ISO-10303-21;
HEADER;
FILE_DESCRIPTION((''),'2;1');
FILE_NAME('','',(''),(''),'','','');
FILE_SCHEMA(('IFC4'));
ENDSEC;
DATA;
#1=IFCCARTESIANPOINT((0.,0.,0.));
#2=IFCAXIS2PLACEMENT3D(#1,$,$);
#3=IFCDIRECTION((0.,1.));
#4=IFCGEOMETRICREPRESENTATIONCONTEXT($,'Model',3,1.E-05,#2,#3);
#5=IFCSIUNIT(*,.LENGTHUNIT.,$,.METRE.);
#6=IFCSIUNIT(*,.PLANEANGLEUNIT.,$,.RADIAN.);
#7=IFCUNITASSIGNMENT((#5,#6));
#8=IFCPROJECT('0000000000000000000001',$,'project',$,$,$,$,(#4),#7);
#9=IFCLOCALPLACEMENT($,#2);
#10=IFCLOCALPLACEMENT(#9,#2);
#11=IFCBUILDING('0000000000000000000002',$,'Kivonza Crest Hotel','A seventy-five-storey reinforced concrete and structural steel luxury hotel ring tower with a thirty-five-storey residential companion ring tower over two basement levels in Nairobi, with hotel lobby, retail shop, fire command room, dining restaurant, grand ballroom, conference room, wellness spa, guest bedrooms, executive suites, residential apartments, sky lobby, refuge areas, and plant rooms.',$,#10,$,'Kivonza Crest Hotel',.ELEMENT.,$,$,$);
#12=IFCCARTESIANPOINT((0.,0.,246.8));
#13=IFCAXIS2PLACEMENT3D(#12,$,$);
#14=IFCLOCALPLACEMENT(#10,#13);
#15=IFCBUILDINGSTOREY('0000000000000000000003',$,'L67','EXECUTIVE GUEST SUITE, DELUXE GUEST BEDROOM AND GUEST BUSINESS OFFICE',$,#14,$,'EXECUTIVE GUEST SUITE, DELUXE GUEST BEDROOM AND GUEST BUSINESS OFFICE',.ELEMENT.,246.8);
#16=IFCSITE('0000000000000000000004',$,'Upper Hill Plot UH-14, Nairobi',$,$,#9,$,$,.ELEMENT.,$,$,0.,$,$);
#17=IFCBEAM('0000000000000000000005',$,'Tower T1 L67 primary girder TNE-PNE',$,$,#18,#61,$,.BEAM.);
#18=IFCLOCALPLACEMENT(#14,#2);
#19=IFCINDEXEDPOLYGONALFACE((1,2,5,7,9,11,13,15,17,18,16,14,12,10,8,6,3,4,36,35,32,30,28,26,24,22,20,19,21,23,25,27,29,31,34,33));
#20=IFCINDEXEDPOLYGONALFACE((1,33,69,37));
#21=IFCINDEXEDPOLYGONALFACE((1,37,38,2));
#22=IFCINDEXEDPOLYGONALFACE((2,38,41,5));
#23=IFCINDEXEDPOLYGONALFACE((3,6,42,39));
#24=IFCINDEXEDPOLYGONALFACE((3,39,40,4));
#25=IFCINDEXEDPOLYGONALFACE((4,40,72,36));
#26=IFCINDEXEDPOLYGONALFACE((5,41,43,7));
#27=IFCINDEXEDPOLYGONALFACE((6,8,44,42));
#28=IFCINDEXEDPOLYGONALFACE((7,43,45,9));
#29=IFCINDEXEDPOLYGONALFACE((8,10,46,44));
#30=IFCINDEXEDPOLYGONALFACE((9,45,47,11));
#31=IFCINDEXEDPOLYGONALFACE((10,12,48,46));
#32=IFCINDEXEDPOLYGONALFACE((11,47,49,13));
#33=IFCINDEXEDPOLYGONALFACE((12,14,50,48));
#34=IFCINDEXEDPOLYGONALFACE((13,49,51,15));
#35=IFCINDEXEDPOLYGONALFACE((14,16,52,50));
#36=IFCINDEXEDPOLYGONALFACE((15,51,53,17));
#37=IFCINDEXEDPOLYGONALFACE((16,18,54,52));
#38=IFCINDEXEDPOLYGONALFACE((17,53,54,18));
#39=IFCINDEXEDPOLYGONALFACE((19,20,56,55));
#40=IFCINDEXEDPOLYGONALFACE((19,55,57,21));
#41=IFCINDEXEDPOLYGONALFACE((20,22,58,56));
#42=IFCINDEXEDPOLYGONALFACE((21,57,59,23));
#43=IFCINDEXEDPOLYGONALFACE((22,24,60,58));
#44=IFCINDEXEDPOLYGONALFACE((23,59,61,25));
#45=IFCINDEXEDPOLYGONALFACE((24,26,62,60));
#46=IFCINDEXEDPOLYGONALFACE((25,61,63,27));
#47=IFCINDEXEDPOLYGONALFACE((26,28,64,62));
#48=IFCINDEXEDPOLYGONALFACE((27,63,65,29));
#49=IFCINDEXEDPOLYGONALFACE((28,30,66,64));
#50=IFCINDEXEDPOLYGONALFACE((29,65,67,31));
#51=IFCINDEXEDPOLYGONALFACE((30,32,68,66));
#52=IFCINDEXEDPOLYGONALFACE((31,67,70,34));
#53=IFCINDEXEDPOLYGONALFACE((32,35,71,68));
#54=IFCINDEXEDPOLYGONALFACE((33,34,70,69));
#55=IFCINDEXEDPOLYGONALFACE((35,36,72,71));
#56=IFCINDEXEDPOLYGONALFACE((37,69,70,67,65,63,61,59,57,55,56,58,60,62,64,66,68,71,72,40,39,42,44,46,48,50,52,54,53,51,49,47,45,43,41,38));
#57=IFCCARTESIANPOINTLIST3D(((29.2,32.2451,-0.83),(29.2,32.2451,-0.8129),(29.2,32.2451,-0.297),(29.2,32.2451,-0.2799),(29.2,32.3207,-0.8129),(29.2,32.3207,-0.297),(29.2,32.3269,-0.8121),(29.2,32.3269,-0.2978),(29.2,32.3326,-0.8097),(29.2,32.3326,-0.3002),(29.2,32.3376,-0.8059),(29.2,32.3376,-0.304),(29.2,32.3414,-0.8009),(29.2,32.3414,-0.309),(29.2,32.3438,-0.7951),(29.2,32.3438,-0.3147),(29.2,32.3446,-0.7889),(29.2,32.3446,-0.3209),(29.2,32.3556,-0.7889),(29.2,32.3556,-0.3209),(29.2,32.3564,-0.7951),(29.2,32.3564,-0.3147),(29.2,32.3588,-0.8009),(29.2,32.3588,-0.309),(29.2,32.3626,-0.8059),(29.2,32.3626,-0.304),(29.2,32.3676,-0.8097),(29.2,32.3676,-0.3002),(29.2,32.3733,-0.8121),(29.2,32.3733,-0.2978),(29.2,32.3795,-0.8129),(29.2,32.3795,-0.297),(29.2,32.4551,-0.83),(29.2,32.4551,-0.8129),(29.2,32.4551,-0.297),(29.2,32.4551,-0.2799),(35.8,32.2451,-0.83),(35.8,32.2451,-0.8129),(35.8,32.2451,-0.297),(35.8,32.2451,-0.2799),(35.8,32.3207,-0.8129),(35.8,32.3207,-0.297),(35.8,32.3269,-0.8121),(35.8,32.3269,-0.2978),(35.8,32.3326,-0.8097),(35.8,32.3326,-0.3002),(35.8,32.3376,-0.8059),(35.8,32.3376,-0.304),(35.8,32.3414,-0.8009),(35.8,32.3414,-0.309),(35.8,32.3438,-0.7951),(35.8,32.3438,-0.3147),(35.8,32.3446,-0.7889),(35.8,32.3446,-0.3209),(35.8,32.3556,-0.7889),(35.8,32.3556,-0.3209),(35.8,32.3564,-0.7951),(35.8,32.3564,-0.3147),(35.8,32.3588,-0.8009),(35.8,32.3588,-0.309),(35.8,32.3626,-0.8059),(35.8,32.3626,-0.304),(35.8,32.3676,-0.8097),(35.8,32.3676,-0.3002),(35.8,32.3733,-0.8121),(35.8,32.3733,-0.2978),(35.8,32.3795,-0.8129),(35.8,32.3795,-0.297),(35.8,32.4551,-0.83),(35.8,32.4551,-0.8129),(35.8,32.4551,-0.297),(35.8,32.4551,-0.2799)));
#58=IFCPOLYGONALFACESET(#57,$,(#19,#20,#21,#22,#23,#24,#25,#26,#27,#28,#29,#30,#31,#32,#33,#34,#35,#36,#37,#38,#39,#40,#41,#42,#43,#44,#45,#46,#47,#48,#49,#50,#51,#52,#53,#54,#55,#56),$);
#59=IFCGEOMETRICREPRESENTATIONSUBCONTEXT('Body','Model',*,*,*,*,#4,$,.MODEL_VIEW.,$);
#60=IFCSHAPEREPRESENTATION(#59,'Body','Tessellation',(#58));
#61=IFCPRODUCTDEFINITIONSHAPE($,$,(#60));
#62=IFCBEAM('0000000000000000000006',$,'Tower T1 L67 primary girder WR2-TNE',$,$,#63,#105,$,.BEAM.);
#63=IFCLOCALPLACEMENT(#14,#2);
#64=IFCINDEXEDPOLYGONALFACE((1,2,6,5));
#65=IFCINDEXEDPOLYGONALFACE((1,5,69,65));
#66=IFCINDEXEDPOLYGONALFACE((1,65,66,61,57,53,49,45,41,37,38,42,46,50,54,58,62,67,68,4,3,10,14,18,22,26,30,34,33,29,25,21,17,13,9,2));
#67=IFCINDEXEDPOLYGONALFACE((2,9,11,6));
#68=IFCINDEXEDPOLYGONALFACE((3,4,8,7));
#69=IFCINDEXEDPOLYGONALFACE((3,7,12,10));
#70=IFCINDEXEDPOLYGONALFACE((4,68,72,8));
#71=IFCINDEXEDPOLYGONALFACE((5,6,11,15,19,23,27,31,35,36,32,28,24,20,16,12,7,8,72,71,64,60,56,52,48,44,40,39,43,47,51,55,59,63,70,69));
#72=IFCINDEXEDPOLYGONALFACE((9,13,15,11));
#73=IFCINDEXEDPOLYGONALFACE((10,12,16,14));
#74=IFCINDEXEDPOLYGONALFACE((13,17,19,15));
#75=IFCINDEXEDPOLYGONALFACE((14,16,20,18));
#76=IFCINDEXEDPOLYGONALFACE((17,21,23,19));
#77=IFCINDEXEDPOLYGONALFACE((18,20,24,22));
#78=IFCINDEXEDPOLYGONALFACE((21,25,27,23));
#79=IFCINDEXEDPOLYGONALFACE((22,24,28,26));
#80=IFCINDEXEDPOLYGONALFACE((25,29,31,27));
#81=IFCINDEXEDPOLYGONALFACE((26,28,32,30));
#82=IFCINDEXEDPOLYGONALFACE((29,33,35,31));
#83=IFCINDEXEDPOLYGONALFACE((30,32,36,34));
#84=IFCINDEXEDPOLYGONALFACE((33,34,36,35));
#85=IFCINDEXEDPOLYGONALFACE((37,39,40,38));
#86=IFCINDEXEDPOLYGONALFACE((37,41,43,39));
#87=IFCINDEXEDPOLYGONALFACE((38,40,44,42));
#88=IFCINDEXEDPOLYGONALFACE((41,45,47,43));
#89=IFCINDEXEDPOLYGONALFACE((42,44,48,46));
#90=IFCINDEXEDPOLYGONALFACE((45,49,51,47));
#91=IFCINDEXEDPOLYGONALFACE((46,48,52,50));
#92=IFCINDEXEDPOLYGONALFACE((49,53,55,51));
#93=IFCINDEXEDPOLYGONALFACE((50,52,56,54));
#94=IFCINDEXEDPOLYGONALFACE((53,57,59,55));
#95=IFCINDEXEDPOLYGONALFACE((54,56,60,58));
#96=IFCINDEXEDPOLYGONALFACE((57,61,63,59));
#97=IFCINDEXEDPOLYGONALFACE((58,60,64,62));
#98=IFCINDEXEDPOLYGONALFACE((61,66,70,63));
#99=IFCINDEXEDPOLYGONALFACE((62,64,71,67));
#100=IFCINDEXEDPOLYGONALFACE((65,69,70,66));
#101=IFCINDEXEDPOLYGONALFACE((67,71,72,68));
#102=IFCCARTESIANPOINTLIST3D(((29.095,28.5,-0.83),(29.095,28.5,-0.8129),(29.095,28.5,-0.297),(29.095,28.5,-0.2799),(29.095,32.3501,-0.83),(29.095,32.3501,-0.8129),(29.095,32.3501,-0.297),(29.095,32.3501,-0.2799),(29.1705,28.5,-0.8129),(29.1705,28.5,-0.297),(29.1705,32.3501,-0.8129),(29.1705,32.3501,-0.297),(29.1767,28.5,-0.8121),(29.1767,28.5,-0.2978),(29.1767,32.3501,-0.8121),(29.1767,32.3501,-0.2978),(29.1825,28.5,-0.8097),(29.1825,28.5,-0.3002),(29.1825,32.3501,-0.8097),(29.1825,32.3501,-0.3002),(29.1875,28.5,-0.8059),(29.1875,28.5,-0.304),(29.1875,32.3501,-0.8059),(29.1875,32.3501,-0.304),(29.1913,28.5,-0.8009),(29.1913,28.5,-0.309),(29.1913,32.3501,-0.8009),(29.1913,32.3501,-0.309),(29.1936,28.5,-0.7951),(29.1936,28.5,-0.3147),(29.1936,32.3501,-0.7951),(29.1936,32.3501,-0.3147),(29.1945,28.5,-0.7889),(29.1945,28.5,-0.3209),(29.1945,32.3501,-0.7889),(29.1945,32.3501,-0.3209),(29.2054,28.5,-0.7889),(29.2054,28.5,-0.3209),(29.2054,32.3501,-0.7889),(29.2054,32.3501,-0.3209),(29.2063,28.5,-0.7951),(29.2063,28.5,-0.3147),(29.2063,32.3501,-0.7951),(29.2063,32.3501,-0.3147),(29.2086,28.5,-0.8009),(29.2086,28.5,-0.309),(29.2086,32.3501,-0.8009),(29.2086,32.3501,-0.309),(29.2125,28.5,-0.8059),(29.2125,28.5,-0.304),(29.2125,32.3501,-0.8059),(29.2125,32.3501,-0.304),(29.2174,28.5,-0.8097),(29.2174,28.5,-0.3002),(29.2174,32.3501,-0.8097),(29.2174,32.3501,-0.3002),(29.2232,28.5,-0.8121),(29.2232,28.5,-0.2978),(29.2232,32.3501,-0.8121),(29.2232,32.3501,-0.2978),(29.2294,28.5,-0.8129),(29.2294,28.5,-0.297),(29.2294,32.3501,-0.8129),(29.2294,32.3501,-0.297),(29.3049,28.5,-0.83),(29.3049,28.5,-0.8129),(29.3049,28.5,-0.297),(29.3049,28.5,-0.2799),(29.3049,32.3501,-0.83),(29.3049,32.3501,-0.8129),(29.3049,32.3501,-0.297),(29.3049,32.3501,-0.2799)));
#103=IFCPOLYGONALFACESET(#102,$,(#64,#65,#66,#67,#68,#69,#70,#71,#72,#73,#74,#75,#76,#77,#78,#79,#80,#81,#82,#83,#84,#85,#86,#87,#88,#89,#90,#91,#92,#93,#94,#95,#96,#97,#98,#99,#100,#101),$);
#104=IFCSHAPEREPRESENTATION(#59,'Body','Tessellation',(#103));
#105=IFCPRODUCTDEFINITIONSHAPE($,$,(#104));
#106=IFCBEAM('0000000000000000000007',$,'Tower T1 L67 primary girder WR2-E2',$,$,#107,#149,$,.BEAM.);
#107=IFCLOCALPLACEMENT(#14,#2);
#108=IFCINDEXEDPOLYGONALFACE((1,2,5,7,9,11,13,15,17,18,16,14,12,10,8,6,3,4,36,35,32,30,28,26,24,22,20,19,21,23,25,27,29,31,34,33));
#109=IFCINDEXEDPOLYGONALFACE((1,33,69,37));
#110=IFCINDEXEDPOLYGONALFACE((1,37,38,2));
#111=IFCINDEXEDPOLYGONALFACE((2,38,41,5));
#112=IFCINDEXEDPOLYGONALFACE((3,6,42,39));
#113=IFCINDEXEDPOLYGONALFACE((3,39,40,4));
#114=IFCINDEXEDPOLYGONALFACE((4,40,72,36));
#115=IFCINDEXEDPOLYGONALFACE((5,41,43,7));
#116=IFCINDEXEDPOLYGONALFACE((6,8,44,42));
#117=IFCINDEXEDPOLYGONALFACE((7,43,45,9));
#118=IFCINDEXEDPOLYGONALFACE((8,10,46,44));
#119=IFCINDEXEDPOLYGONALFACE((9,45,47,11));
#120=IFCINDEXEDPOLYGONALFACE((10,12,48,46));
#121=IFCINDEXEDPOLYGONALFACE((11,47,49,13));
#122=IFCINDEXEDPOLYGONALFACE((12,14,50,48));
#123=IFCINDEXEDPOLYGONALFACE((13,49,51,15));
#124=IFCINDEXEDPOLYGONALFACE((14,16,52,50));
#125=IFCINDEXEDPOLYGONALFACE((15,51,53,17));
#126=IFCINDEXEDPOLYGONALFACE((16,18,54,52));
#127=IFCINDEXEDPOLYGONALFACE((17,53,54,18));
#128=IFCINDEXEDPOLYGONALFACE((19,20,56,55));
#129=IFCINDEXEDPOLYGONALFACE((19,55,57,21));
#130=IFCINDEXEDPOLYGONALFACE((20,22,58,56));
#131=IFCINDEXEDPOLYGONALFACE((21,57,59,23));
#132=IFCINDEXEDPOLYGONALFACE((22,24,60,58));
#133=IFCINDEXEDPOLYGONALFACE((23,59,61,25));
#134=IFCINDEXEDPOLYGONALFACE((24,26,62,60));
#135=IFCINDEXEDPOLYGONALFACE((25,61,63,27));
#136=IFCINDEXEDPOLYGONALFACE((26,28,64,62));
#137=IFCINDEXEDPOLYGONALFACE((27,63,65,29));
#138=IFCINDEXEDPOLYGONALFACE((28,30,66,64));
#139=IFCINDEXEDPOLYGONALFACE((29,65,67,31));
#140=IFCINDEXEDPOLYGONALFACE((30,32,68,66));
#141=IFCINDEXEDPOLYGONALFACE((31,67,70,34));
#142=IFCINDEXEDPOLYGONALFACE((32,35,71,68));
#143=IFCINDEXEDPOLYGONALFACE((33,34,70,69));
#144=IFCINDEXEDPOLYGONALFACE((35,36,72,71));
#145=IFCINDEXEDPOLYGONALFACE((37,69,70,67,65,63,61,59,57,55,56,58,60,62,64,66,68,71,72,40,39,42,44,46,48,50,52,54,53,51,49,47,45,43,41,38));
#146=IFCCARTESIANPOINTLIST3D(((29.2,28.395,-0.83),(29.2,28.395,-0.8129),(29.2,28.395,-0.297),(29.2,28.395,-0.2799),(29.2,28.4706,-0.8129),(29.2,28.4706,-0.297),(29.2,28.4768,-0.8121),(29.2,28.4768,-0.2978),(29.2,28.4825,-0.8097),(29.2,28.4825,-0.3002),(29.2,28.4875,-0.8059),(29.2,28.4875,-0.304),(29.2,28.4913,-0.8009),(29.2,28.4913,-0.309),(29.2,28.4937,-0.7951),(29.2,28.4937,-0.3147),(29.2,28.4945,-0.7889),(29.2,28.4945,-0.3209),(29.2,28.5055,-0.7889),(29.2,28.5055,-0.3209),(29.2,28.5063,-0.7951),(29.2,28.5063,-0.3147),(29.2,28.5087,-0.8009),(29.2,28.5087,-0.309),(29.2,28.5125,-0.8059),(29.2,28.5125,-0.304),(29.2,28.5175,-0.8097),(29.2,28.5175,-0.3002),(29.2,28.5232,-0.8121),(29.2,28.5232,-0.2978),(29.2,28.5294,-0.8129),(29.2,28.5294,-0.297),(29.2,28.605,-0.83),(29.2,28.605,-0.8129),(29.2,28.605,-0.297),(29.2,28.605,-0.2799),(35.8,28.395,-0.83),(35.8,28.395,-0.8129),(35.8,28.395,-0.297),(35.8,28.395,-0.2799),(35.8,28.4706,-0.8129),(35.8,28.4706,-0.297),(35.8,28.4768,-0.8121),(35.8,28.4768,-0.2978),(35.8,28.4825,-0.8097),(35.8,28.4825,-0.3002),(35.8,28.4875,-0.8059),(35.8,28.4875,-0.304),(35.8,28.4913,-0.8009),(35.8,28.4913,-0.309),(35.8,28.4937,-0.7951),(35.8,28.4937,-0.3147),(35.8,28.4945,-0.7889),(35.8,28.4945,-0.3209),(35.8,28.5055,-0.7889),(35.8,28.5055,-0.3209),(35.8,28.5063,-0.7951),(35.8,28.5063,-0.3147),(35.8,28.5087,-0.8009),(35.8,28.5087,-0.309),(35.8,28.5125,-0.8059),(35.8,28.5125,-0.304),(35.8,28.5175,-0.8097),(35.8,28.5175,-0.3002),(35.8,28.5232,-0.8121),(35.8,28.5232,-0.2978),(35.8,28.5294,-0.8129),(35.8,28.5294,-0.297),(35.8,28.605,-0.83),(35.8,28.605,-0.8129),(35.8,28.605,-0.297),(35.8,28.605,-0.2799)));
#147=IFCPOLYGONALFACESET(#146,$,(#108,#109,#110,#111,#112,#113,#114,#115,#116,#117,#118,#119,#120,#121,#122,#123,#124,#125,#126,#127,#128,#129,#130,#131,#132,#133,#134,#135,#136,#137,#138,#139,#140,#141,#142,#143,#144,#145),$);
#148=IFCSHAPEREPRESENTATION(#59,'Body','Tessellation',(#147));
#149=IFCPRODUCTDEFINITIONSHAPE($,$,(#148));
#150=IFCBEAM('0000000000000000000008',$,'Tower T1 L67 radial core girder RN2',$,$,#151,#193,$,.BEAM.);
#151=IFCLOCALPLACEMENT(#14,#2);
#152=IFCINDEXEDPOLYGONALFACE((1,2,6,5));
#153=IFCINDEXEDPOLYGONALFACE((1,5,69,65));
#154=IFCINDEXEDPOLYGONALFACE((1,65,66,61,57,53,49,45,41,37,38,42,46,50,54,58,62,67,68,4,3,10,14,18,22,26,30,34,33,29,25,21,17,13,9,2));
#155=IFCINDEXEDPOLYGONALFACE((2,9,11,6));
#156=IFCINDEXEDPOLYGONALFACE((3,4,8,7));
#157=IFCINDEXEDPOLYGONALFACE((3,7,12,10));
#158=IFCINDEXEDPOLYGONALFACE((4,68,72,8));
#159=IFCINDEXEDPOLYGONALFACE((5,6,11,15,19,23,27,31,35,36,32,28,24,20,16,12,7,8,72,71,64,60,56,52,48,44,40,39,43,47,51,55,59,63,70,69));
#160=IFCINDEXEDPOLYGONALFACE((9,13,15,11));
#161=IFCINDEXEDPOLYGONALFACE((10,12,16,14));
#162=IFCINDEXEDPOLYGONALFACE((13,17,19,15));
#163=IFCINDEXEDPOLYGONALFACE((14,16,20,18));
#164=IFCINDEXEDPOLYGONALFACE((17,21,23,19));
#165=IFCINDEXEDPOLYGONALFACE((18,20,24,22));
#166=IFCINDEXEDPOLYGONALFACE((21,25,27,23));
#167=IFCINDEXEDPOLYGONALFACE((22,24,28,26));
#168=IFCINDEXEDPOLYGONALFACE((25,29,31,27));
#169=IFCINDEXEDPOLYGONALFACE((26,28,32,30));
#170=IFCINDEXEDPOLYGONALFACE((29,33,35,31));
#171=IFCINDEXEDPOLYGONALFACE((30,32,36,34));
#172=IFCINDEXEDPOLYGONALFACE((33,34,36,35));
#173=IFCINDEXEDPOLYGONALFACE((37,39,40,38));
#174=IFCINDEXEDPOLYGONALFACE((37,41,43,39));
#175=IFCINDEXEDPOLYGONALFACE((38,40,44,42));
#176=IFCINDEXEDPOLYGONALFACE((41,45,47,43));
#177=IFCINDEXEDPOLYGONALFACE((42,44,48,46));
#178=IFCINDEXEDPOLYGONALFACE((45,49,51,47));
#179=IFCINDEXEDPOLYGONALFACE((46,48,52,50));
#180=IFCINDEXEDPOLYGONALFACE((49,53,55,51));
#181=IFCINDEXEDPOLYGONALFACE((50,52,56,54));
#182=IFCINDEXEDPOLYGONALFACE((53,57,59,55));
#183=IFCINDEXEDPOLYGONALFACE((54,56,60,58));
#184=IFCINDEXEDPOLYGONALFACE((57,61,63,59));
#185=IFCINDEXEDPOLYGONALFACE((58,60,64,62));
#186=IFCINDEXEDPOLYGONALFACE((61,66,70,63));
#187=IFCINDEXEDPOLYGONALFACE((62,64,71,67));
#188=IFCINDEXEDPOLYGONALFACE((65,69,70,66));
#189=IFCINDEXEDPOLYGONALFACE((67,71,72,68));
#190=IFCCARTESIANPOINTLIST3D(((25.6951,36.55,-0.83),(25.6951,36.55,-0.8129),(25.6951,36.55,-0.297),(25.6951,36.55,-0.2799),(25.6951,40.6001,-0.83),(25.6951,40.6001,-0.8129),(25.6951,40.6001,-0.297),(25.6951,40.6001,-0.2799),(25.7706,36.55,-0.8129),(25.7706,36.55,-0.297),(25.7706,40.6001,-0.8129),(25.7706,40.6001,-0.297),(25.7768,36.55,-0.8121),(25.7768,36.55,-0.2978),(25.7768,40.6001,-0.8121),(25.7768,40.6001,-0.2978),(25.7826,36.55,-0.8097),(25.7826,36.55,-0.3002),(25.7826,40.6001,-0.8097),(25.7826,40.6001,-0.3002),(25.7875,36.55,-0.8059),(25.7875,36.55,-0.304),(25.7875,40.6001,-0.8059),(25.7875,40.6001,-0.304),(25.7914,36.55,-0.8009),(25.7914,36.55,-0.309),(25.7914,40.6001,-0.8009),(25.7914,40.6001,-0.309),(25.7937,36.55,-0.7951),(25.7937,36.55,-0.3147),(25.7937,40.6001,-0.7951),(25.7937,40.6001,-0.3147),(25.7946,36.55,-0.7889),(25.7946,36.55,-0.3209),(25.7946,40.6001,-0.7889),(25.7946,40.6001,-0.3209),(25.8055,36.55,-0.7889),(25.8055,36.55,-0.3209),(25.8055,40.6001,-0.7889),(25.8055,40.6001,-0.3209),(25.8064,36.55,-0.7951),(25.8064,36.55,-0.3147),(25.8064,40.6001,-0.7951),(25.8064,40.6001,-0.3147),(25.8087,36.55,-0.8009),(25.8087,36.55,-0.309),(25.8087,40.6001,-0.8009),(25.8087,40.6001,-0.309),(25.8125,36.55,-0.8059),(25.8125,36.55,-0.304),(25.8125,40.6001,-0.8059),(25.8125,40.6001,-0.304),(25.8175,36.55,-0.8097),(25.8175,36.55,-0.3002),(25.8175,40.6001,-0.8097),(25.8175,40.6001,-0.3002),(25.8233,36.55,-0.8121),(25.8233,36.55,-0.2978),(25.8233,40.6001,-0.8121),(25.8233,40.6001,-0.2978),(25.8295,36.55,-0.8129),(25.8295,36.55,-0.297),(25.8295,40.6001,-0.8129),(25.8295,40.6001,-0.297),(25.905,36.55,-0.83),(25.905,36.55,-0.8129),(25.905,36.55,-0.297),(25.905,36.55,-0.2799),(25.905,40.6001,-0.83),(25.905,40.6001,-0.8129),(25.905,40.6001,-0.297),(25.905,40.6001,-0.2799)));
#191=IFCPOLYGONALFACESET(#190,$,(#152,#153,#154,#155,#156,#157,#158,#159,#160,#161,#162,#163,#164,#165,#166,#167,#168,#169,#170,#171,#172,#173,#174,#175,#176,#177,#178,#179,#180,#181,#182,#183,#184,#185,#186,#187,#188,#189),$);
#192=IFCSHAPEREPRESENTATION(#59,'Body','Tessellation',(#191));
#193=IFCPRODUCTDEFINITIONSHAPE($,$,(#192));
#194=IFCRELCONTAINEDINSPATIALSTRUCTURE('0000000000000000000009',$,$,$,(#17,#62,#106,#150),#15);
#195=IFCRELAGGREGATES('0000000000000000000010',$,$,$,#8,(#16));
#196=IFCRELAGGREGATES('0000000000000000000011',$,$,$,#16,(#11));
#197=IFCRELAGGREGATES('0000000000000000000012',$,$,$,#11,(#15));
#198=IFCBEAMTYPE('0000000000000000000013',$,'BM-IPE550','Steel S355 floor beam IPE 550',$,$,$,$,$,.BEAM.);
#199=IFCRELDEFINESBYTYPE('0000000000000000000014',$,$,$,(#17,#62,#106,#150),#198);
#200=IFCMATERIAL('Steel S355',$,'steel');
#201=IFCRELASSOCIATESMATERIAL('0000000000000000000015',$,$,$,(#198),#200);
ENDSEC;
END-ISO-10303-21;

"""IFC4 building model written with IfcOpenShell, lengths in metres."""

from ifc_helpers import new_model, si_unit, direction, frame, origin, origin_2d, place, context, subcontext, project, spatial, i_section, extrude, material, material_profile, profile_set, type_object, element, save


model = new_model("IFC4")

# Units and contexts
model_context = context("Model", 3, precision=1e-05, world=origin(), true_north=direction((0.0, 1.0)))
body_context = subcontext(model_context, "Body", "Model", "MODEL_VIEW")
ifc_project = project(units=[si_unit("LENGTHUNIT", "METRE"), si_unit("PLANEANGLEUNIT", "RADIAN")], contexts=[model_context])

# Site, building, storey
site_placement = place(None, origin())
site = spatial("IfcSite", under=ifc_project, at=site_placement, Name="Upper Hill Plot UH-14, Nairobi", CompositionType="ELEMENT", RefElevation=0.0)
building_placement = place(site_placement, origin())
building = spatial("IfcBuilding", under=site, at=building_placement, Name="Kivonza Crest Hotel", Description="A seventy-five-storey reinforced concrete and structural steel luxury hotel ring tower with a thirty-five-storey residential companion ring tower over two basement levels in Nairobi, with hotel lobby, retail shop, fire command room, dining restaurant, grand ballroom, conference room, wellness spa, guest bedrooms, executive suites, residential apartments, sky lobby, refuge areas, and plant rooms.", LongName="Kivonza Crest Hotel", CompositionType="ELEMENT")
storey_placement = place(building_placement, frame((0.0, 0.0, 246.8)))
storey = spatial("IfcBuildingStorey", under=building, at=storey_placement, Name="L67", Description="EXECUTIVE GUEST SUITE, DELUXE GUEST BEDROOM AND GUEST BUSINESS OFFICE", LongName="EXECUTIVE GUEST SUITE, DELUXE GUEST BEDROOM AND GUEST BUSINESS OFFICE", CompositionType="ELEMENT", Elevation=246.8)

# Beams
ifc_material_1 = material(Name="Steel S355", Category="steel")
ifc_material_profile_1 = material_profile(ifc_material_1, i_section(OverallWidth=0.21, OverallDepth=0.55, WebThickness=0.011, FlangeThickness=0.0171, FilletRadius=0.0239, at=origin_2d()), Name="IPE 550")
ifc_profile_set_1 = profile_set([ifc_material_profile_1], Name="Steel S355")
beam_type_1 = type_object("IfcBeamType", Name="BM-IPE550", Description="Steel S355 floor beam IPE 550", PredefinedType="BEAM", material=ifc_profile_set_1)
beam_1_placement = place(storey_placement, frame((29.2, 32.3501, -0.5549), z_axis=(1.0, 0.0, 0.0), x_axis=(0.0, 1.0, 0.0)))
element("IfcBeam", 1, at=beam_1_placement, inside=storey, type_object=beam_type_1, Name="Tower T1 L67 primary girder TNE-PNE", PredefinedType="BEAM", context=body_context, shape_type="SweptSolid", body=[
    extrude(i_section(OverallWidth=0.21, OverallDepth=0.55, WebThickness=0.011, FlangeThickness=0.0171, FilletRadius=0.0239, at=origin_2d()), origin(), (0.0, 0.0, 1.0), 6.6001),
])
beam_2_placement = place(storey_placement, frame((29.2, 28.5, -0.5549), z_axis=(0.0, 1.0, 0.0), x_axis=(-1.0, 0.0, 0.0)))
element("IfcBeam", 2, at=beam_2_placement, inside=storey, type_object=beam_type_1, Name="Tower T1 L67 primary girder WR2-TNE", PredefinedType="BEAM", context=body_context, shape_type="SweptSolid", body=[
    extrude(i_section(OverallWidth=0.21, OverallDepth=0.55, WebThickness=0.011, FlangeThickness=0.0171, FilletRadius=0.0239, at=origin_2d()), origin(), (0.0, 0.0, 1.0), 3.8501),
])
beam_3_placement = place(storey_placement, frame((29.2, 28.5, -0.5549), z_axis=(1.0, 0.0, 0.0), x_axis=(0.0, 1.0, 0.0)))
element("IfcBeam", 3, at=beam_3_placement, inside=storey, type_object=beam_type_1, Name="Tower T1 L67 primary girder WR2-E2", PredefinedType="BEAM", context=body_context, shape_type="SweptSolid", body=[
    extrude(i_section(OverallWidth=0.21, OverallDepth=0.55, WebThickness=0.011, FlangeThickness=0.0171, FilletRadius=0.0239, at=origin_2d()), origin(), (0.0, 0.0, 1.0), 6.6001),
])
beam_4_placement = place(storey_placement, frame((25.8, 40.6001, -0.5549), z_axis=(0.0, -1.0, 0.0), x_axis=(1.0, 0.0, 0.0)))
element("IfcBeam", 4, at=beam_4_placement, inside=storey, type_object=beam_type_1, Name="Tower T1 L67 radial core girder RN2", PredefinedType="BEAM", context=body_context, shape_type="SweptSolid", body=[
    extrude(i_section(OverallWidth=0.21, OverallDepth=0.55, WebThickness=0.011, FlangeThickness=0.0171, FilletRadius=0.0239, at=origin_2d()), origin(), (0.0, 0.0, 1.0), 4.05),
])

save(model, "model.ifc")
